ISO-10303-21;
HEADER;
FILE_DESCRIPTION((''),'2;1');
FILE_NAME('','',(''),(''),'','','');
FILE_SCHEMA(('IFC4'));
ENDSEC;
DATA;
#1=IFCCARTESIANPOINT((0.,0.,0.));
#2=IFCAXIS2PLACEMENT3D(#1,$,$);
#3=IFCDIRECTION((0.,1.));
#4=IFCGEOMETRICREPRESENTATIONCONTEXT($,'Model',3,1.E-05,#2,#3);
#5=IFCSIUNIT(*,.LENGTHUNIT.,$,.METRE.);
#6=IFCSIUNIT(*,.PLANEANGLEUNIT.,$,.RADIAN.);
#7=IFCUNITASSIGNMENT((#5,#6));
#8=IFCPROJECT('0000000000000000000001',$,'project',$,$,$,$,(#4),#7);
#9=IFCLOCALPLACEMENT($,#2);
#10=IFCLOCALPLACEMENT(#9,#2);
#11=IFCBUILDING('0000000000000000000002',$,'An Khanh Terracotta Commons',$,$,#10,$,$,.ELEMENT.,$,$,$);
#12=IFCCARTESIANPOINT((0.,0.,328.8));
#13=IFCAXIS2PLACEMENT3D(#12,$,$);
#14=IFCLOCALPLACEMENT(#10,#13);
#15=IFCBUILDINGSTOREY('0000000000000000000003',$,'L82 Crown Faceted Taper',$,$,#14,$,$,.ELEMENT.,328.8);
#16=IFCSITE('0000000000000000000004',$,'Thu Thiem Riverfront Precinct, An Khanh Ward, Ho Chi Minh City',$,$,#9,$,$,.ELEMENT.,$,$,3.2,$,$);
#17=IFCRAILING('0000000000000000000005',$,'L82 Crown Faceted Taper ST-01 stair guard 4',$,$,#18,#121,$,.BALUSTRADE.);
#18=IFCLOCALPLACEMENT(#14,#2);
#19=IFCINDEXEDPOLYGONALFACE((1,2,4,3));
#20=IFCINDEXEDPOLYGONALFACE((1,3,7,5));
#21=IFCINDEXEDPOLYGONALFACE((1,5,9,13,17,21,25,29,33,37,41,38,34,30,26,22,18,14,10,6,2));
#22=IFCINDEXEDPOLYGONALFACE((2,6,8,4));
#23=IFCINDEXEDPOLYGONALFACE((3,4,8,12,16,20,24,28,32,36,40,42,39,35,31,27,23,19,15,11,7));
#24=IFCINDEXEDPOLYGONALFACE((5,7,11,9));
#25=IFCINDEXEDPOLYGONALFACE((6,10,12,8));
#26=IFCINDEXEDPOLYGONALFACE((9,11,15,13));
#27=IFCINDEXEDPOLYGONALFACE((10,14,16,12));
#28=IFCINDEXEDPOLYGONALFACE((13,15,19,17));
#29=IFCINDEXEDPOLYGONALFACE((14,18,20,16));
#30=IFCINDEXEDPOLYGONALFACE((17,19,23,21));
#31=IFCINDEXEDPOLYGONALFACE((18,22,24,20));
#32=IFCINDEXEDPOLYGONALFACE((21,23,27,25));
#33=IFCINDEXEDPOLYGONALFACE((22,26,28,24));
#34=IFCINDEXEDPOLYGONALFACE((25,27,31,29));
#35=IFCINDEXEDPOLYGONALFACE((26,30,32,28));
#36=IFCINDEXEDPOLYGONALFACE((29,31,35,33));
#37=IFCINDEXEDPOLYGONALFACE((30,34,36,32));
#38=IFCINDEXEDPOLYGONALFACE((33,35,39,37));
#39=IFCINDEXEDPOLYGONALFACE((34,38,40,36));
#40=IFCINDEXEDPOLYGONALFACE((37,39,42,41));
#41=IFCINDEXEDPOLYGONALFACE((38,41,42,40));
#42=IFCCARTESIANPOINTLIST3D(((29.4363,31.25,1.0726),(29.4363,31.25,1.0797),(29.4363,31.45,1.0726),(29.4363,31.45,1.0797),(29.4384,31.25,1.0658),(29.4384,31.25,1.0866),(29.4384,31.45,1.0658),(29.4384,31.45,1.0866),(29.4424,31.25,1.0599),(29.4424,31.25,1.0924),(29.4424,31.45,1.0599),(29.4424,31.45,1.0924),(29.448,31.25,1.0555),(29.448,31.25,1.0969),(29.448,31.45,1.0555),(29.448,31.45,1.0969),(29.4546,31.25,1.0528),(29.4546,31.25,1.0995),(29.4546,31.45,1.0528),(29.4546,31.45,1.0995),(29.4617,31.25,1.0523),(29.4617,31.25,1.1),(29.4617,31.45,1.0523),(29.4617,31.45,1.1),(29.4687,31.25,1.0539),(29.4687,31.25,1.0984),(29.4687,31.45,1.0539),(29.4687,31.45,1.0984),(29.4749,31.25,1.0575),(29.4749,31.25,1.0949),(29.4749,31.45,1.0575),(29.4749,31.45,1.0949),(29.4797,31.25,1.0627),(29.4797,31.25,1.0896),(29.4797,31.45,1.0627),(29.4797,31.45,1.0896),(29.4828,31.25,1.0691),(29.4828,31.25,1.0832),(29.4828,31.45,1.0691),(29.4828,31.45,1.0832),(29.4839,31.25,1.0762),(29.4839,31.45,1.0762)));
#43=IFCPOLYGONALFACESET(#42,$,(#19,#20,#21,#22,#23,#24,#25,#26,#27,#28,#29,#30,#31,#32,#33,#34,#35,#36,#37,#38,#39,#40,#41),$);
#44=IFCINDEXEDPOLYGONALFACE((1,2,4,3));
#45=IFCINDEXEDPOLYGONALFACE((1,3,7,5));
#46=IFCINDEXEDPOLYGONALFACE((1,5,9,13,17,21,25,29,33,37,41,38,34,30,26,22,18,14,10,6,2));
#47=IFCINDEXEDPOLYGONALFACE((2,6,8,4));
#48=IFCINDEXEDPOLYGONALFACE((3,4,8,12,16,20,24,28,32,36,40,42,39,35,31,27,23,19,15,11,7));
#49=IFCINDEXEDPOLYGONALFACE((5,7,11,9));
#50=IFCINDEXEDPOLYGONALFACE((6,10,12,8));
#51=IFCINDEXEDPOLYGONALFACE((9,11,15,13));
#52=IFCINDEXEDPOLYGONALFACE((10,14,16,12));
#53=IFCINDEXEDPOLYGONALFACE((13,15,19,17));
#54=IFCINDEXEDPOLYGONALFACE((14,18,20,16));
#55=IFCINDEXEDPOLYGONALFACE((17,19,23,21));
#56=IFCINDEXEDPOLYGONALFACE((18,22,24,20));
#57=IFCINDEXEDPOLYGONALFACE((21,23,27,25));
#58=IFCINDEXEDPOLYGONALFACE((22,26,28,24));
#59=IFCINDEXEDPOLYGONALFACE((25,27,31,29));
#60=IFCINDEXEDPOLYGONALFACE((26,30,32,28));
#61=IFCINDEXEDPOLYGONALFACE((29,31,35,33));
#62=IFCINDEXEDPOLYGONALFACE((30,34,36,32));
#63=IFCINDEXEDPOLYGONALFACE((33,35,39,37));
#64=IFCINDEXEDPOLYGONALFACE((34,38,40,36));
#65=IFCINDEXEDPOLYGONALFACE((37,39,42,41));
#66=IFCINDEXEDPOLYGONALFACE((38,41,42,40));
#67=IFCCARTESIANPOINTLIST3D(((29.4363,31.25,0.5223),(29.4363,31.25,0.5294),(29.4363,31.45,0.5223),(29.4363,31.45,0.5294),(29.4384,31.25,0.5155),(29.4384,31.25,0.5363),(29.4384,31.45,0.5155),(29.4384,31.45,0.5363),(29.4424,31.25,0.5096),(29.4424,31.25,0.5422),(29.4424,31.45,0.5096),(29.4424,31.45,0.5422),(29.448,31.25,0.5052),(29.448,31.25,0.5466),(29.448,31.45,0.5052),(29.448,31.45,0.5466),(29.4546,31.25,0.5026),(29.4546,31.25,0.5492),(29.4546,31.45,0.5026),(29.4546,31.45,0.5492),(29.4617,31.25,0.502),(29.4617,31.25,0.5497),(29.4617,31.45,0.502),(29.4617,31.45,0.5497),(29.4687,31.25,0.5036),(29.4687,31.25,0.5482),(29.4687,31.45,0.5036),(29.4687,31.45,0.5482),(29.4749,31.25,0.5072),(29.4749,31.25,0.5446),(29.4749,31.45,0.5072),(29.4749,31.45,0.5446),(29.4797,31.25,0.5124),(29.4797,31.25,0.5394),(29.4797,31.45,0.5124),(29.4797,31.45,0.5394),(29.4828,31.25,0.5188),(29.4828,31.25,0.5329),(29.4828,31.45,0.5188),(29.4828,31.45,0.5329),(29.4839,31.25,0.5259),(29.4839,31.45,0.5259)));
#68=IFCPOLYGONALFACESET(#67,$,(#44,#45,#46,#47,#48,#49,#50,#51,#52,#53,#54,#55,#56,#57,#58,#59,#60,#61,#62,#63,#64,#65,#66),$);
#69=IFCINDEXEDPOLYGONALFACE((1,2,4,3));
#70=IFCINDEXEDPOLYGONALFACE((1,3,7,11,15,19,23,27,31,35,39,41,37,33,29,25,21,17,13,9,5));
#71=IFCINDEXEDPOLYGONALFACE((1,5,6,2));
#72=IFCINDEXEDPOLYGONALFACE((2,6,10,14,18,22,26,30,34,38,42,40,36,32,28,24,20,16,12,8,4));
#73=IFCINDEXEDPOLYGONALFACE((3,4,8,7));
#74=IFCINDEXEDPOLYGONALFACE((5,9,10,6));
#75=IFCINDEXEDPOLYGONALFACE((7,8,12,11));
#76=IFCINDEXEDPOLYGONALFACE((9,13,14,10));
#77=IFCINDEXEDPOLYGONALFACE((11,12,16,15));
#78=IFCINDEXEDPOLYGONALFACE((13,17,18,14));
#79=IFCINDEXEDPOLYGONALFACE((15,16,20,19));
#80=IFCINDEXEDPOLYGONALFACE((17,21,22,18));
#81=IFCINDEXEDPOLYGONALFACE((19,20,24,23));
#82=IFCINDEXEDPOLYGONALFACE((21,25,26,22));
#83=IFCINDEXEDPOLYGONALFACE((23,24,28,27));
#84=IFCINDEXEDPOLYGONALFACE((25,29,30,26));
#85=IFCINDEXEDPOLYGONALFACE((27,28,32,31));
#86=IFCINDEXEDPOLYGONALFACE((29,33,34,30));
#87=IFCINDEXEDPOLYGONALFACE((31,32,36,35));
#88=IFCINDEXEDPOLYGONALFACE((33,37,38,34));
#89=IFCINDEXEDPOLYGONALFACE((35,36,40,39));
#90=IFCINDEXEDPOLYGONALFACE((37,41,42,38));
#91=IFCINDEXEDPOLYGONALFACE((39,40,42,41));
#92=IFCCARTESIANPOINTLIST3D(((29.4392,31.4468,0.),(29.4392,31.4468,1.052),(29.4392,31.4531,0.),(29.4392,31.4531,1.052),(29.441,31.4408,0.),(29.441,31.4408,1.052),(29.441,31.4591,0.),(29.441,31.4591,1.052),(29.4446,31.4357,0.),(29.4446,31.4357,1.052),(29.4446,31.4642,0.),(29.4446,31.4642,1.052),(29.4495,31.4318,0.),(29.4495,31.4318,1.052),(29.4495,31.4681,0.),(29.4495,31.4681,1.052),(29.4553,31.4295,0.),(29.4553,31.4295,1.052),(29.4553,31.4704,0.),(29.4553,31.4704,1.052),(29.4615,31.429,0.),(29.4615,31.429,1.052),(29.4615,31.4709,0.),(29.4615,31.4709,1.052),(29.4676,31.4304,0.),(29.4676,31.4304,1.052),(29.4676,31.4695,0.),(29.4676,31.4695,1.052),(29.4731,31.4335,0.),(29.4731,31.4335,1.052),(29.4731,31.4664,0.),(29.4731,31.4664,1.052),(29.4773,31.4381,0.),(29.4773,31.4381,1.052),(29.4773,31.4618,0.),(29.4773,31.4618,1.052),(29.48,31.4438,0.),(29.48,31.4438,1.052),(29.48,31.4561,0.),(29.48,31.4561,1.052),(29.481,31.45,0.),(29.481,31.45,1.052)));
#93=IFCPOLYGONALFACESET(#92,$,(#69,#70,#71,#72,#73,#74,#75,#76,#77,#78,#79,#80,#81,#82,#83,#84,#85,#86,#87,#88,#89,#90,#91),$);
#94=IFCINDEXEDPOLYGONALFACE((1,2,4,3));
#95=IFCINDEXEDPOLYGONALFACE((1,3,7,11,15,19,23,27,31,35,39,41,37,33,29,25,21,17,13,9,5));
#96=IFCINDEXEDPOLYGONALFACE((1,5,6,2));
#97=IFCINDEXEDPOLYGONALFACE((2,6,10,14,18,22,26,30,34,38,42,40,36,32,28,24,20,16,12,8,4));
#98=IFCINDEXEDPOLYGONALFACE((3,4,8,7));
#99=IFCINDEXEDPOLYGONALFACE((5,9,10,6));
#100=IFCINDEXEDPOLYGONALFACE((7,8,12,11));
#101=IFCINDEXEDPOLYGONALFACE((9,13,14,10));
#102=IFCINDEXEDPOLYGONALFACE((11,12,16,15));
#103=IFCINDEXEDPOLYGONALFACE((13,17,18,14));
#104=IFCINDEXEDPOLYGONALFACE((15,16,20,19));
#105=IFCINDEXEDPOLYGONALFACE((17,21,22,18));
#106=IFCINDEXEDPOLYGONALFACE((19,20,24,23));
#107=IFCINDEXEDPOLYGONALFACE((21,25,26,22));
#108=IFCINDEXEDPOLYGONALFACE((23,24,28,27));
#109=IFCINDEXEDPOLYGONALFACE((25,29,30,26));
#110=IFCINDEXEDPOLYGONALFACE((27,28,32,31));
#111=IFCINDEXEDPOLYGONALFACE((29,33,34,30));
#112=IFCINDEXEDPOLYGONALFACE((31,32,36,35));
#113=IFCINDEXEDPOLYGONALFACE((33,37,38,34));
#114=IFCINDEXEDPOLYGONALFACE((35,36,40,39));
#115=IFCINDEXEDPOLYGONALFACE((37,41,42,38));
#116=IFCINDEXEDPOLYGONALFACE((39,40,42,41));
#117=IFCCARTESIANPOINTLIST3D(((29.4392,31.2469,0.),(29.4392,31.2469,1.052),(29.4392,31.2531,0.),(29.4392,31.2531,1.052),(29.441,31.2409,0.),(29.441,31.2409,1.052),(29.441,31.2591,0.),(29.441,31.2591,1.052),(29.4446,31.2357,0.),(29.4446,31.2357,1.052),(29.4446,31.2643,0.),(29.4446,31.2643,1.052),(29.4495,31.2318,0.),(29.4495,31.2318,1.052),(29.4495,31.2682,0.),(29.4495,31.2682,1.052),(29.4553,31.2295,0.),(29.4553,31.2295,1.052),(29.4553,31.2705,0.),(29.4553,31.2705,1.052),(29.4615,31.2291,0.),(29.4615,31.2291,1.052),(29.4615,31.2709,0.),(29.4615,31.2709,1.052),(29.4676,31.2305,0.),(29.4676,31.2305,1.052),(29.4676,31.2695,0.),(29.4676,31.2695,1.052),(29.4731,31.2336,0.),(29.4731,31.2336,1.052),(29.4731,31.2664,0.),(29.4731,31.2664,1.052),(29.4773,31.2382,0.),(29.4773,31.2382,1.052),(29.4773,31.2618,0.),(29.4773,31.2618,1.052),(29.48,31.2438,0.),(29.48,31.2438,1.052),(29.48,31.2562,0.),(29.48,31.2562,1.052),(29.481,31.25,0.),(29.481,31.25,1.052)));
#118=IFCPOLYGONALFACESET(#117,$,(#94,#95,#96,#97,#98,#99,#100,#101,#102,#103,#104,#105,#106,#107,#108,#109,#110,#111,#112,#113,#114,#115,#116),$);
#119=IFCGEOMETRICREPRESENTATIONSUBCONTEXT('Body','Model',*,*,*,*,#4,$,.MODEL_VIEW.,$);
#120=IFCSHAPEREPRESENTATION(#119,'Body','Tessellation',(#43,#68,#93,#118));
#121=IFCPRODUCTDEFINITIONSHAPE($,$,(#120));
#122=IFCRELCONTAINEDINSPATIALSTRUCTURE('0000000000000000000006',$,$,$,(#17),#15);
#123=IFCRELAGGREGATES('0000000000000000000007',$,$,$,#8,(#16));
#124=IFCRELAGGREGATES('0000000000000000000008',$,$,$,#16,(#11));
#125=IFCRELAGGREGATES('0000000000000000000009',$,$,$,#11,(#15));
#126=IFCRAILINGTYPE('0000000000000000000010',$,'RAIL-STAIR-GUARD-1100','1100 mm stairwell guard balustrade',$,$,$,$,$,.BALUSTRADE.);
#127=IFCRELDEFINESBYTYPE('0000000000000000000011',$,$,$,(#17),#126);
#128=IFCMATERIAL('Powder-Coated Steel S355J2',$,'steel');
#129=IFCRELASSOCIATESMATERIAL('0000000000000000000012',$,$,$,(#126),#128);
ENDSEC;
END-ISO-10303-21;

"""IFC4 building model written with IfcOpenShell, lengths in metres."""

from ifc_helpers import new_model, si_unit, direction, frame, origin, origin_2d, place, context, subcontext, project, spatial, circle, extrude, material, type_object, element, save


model = new_model("IFC4")

# Units and contexts
model_context = context("Model", 3, precision=1e-05, world=origin(), true_north=direction((0.0, 1.0)))
body_context = subcontext(model_context, "Body", "Model", "MODEL_VIEW")
ifc_project = project(units=[si_unit("LENGTHUNIT", "METRE"), si_unit("PLANEANGLEUNIT", "RADIAN")], contexts=[model_context])

# Site, building, storey
site_placement = place(None, origin())
site = spatial("IfcSite", under=ifc_project, at=site_placement, Name="Thu Thiem Riverfront Precinct, An Khanh Ward, Ho Chi Minh City", CompositionType="ELEMENT", RefElevation=3.2)
building_placement = place(site_placement, origin())
building = spatial("IfcBuilding", under=site, at=building_placement, Name="An Khanh Terracotta Commons", CompositionType="ELEMENT")
storey_placement = place(building_placement, frame((0.0, 0.0, 328.8)))
storey = spatial("IfcBuildingStorey", under=building, at=storey_placement, Name="L82 Crown Faceted Taper", CompositionType="ELEMENT", Elevation=328.8)

# Railing
ifc_material_1 = material(Name="Powder-Coated Steel S355J2", Category="steel")
railing_type_1 = type_object("IfcRailingType", Name="RAIL-STAIR-GUARD-1100", Description="1100 mm stairwell guard balustrade", PredefinedType="BALUSTRADE", material=ifc_material_1)
railing_1_placement = place(storey_placement, frame((29.46, 31.45, 0.0)))
element("IfcRailing", 1, at=railing_1_placement, inside=storey, type_object=railing_type_1, Name="L82 Crown Faceted Taper ST-01 stair guard 4", PredefinedType="BALUSTRADE", context=body_context, shape_type="SweptSolid", body=[
    extrude(circle(Radius=0.0239, at=origin_2d()), frame((0.0, 0.0, 1.0762), z_axis=(0.0, -1.0, 0.0), x_axis=(1.0, 0.0, 0.0)), (0.0, 0.0, 1.0), 0.2),
    extrude(circle(Radius=0.0239, at=origin_2d()), frame((0.0, 0.0, 0.5259), z_axis=(0.0, -1.0, 0.0), x_axis=(1.0, 0.0, 0.0)), (0.0, 0.0, 1.0), 0.2),
    extrude(circle(Radius=0.021, at=origin_2d()), origin(), (0.0, 0.0, 1.0), 1.052),
    extrude(circle(Radius=0.021, at=origin_2d()), frame((0.0, -0.2, 0.0)), (0.0, 0.0, 1.0), 1.052),
])

save(model, "model.ifc")
